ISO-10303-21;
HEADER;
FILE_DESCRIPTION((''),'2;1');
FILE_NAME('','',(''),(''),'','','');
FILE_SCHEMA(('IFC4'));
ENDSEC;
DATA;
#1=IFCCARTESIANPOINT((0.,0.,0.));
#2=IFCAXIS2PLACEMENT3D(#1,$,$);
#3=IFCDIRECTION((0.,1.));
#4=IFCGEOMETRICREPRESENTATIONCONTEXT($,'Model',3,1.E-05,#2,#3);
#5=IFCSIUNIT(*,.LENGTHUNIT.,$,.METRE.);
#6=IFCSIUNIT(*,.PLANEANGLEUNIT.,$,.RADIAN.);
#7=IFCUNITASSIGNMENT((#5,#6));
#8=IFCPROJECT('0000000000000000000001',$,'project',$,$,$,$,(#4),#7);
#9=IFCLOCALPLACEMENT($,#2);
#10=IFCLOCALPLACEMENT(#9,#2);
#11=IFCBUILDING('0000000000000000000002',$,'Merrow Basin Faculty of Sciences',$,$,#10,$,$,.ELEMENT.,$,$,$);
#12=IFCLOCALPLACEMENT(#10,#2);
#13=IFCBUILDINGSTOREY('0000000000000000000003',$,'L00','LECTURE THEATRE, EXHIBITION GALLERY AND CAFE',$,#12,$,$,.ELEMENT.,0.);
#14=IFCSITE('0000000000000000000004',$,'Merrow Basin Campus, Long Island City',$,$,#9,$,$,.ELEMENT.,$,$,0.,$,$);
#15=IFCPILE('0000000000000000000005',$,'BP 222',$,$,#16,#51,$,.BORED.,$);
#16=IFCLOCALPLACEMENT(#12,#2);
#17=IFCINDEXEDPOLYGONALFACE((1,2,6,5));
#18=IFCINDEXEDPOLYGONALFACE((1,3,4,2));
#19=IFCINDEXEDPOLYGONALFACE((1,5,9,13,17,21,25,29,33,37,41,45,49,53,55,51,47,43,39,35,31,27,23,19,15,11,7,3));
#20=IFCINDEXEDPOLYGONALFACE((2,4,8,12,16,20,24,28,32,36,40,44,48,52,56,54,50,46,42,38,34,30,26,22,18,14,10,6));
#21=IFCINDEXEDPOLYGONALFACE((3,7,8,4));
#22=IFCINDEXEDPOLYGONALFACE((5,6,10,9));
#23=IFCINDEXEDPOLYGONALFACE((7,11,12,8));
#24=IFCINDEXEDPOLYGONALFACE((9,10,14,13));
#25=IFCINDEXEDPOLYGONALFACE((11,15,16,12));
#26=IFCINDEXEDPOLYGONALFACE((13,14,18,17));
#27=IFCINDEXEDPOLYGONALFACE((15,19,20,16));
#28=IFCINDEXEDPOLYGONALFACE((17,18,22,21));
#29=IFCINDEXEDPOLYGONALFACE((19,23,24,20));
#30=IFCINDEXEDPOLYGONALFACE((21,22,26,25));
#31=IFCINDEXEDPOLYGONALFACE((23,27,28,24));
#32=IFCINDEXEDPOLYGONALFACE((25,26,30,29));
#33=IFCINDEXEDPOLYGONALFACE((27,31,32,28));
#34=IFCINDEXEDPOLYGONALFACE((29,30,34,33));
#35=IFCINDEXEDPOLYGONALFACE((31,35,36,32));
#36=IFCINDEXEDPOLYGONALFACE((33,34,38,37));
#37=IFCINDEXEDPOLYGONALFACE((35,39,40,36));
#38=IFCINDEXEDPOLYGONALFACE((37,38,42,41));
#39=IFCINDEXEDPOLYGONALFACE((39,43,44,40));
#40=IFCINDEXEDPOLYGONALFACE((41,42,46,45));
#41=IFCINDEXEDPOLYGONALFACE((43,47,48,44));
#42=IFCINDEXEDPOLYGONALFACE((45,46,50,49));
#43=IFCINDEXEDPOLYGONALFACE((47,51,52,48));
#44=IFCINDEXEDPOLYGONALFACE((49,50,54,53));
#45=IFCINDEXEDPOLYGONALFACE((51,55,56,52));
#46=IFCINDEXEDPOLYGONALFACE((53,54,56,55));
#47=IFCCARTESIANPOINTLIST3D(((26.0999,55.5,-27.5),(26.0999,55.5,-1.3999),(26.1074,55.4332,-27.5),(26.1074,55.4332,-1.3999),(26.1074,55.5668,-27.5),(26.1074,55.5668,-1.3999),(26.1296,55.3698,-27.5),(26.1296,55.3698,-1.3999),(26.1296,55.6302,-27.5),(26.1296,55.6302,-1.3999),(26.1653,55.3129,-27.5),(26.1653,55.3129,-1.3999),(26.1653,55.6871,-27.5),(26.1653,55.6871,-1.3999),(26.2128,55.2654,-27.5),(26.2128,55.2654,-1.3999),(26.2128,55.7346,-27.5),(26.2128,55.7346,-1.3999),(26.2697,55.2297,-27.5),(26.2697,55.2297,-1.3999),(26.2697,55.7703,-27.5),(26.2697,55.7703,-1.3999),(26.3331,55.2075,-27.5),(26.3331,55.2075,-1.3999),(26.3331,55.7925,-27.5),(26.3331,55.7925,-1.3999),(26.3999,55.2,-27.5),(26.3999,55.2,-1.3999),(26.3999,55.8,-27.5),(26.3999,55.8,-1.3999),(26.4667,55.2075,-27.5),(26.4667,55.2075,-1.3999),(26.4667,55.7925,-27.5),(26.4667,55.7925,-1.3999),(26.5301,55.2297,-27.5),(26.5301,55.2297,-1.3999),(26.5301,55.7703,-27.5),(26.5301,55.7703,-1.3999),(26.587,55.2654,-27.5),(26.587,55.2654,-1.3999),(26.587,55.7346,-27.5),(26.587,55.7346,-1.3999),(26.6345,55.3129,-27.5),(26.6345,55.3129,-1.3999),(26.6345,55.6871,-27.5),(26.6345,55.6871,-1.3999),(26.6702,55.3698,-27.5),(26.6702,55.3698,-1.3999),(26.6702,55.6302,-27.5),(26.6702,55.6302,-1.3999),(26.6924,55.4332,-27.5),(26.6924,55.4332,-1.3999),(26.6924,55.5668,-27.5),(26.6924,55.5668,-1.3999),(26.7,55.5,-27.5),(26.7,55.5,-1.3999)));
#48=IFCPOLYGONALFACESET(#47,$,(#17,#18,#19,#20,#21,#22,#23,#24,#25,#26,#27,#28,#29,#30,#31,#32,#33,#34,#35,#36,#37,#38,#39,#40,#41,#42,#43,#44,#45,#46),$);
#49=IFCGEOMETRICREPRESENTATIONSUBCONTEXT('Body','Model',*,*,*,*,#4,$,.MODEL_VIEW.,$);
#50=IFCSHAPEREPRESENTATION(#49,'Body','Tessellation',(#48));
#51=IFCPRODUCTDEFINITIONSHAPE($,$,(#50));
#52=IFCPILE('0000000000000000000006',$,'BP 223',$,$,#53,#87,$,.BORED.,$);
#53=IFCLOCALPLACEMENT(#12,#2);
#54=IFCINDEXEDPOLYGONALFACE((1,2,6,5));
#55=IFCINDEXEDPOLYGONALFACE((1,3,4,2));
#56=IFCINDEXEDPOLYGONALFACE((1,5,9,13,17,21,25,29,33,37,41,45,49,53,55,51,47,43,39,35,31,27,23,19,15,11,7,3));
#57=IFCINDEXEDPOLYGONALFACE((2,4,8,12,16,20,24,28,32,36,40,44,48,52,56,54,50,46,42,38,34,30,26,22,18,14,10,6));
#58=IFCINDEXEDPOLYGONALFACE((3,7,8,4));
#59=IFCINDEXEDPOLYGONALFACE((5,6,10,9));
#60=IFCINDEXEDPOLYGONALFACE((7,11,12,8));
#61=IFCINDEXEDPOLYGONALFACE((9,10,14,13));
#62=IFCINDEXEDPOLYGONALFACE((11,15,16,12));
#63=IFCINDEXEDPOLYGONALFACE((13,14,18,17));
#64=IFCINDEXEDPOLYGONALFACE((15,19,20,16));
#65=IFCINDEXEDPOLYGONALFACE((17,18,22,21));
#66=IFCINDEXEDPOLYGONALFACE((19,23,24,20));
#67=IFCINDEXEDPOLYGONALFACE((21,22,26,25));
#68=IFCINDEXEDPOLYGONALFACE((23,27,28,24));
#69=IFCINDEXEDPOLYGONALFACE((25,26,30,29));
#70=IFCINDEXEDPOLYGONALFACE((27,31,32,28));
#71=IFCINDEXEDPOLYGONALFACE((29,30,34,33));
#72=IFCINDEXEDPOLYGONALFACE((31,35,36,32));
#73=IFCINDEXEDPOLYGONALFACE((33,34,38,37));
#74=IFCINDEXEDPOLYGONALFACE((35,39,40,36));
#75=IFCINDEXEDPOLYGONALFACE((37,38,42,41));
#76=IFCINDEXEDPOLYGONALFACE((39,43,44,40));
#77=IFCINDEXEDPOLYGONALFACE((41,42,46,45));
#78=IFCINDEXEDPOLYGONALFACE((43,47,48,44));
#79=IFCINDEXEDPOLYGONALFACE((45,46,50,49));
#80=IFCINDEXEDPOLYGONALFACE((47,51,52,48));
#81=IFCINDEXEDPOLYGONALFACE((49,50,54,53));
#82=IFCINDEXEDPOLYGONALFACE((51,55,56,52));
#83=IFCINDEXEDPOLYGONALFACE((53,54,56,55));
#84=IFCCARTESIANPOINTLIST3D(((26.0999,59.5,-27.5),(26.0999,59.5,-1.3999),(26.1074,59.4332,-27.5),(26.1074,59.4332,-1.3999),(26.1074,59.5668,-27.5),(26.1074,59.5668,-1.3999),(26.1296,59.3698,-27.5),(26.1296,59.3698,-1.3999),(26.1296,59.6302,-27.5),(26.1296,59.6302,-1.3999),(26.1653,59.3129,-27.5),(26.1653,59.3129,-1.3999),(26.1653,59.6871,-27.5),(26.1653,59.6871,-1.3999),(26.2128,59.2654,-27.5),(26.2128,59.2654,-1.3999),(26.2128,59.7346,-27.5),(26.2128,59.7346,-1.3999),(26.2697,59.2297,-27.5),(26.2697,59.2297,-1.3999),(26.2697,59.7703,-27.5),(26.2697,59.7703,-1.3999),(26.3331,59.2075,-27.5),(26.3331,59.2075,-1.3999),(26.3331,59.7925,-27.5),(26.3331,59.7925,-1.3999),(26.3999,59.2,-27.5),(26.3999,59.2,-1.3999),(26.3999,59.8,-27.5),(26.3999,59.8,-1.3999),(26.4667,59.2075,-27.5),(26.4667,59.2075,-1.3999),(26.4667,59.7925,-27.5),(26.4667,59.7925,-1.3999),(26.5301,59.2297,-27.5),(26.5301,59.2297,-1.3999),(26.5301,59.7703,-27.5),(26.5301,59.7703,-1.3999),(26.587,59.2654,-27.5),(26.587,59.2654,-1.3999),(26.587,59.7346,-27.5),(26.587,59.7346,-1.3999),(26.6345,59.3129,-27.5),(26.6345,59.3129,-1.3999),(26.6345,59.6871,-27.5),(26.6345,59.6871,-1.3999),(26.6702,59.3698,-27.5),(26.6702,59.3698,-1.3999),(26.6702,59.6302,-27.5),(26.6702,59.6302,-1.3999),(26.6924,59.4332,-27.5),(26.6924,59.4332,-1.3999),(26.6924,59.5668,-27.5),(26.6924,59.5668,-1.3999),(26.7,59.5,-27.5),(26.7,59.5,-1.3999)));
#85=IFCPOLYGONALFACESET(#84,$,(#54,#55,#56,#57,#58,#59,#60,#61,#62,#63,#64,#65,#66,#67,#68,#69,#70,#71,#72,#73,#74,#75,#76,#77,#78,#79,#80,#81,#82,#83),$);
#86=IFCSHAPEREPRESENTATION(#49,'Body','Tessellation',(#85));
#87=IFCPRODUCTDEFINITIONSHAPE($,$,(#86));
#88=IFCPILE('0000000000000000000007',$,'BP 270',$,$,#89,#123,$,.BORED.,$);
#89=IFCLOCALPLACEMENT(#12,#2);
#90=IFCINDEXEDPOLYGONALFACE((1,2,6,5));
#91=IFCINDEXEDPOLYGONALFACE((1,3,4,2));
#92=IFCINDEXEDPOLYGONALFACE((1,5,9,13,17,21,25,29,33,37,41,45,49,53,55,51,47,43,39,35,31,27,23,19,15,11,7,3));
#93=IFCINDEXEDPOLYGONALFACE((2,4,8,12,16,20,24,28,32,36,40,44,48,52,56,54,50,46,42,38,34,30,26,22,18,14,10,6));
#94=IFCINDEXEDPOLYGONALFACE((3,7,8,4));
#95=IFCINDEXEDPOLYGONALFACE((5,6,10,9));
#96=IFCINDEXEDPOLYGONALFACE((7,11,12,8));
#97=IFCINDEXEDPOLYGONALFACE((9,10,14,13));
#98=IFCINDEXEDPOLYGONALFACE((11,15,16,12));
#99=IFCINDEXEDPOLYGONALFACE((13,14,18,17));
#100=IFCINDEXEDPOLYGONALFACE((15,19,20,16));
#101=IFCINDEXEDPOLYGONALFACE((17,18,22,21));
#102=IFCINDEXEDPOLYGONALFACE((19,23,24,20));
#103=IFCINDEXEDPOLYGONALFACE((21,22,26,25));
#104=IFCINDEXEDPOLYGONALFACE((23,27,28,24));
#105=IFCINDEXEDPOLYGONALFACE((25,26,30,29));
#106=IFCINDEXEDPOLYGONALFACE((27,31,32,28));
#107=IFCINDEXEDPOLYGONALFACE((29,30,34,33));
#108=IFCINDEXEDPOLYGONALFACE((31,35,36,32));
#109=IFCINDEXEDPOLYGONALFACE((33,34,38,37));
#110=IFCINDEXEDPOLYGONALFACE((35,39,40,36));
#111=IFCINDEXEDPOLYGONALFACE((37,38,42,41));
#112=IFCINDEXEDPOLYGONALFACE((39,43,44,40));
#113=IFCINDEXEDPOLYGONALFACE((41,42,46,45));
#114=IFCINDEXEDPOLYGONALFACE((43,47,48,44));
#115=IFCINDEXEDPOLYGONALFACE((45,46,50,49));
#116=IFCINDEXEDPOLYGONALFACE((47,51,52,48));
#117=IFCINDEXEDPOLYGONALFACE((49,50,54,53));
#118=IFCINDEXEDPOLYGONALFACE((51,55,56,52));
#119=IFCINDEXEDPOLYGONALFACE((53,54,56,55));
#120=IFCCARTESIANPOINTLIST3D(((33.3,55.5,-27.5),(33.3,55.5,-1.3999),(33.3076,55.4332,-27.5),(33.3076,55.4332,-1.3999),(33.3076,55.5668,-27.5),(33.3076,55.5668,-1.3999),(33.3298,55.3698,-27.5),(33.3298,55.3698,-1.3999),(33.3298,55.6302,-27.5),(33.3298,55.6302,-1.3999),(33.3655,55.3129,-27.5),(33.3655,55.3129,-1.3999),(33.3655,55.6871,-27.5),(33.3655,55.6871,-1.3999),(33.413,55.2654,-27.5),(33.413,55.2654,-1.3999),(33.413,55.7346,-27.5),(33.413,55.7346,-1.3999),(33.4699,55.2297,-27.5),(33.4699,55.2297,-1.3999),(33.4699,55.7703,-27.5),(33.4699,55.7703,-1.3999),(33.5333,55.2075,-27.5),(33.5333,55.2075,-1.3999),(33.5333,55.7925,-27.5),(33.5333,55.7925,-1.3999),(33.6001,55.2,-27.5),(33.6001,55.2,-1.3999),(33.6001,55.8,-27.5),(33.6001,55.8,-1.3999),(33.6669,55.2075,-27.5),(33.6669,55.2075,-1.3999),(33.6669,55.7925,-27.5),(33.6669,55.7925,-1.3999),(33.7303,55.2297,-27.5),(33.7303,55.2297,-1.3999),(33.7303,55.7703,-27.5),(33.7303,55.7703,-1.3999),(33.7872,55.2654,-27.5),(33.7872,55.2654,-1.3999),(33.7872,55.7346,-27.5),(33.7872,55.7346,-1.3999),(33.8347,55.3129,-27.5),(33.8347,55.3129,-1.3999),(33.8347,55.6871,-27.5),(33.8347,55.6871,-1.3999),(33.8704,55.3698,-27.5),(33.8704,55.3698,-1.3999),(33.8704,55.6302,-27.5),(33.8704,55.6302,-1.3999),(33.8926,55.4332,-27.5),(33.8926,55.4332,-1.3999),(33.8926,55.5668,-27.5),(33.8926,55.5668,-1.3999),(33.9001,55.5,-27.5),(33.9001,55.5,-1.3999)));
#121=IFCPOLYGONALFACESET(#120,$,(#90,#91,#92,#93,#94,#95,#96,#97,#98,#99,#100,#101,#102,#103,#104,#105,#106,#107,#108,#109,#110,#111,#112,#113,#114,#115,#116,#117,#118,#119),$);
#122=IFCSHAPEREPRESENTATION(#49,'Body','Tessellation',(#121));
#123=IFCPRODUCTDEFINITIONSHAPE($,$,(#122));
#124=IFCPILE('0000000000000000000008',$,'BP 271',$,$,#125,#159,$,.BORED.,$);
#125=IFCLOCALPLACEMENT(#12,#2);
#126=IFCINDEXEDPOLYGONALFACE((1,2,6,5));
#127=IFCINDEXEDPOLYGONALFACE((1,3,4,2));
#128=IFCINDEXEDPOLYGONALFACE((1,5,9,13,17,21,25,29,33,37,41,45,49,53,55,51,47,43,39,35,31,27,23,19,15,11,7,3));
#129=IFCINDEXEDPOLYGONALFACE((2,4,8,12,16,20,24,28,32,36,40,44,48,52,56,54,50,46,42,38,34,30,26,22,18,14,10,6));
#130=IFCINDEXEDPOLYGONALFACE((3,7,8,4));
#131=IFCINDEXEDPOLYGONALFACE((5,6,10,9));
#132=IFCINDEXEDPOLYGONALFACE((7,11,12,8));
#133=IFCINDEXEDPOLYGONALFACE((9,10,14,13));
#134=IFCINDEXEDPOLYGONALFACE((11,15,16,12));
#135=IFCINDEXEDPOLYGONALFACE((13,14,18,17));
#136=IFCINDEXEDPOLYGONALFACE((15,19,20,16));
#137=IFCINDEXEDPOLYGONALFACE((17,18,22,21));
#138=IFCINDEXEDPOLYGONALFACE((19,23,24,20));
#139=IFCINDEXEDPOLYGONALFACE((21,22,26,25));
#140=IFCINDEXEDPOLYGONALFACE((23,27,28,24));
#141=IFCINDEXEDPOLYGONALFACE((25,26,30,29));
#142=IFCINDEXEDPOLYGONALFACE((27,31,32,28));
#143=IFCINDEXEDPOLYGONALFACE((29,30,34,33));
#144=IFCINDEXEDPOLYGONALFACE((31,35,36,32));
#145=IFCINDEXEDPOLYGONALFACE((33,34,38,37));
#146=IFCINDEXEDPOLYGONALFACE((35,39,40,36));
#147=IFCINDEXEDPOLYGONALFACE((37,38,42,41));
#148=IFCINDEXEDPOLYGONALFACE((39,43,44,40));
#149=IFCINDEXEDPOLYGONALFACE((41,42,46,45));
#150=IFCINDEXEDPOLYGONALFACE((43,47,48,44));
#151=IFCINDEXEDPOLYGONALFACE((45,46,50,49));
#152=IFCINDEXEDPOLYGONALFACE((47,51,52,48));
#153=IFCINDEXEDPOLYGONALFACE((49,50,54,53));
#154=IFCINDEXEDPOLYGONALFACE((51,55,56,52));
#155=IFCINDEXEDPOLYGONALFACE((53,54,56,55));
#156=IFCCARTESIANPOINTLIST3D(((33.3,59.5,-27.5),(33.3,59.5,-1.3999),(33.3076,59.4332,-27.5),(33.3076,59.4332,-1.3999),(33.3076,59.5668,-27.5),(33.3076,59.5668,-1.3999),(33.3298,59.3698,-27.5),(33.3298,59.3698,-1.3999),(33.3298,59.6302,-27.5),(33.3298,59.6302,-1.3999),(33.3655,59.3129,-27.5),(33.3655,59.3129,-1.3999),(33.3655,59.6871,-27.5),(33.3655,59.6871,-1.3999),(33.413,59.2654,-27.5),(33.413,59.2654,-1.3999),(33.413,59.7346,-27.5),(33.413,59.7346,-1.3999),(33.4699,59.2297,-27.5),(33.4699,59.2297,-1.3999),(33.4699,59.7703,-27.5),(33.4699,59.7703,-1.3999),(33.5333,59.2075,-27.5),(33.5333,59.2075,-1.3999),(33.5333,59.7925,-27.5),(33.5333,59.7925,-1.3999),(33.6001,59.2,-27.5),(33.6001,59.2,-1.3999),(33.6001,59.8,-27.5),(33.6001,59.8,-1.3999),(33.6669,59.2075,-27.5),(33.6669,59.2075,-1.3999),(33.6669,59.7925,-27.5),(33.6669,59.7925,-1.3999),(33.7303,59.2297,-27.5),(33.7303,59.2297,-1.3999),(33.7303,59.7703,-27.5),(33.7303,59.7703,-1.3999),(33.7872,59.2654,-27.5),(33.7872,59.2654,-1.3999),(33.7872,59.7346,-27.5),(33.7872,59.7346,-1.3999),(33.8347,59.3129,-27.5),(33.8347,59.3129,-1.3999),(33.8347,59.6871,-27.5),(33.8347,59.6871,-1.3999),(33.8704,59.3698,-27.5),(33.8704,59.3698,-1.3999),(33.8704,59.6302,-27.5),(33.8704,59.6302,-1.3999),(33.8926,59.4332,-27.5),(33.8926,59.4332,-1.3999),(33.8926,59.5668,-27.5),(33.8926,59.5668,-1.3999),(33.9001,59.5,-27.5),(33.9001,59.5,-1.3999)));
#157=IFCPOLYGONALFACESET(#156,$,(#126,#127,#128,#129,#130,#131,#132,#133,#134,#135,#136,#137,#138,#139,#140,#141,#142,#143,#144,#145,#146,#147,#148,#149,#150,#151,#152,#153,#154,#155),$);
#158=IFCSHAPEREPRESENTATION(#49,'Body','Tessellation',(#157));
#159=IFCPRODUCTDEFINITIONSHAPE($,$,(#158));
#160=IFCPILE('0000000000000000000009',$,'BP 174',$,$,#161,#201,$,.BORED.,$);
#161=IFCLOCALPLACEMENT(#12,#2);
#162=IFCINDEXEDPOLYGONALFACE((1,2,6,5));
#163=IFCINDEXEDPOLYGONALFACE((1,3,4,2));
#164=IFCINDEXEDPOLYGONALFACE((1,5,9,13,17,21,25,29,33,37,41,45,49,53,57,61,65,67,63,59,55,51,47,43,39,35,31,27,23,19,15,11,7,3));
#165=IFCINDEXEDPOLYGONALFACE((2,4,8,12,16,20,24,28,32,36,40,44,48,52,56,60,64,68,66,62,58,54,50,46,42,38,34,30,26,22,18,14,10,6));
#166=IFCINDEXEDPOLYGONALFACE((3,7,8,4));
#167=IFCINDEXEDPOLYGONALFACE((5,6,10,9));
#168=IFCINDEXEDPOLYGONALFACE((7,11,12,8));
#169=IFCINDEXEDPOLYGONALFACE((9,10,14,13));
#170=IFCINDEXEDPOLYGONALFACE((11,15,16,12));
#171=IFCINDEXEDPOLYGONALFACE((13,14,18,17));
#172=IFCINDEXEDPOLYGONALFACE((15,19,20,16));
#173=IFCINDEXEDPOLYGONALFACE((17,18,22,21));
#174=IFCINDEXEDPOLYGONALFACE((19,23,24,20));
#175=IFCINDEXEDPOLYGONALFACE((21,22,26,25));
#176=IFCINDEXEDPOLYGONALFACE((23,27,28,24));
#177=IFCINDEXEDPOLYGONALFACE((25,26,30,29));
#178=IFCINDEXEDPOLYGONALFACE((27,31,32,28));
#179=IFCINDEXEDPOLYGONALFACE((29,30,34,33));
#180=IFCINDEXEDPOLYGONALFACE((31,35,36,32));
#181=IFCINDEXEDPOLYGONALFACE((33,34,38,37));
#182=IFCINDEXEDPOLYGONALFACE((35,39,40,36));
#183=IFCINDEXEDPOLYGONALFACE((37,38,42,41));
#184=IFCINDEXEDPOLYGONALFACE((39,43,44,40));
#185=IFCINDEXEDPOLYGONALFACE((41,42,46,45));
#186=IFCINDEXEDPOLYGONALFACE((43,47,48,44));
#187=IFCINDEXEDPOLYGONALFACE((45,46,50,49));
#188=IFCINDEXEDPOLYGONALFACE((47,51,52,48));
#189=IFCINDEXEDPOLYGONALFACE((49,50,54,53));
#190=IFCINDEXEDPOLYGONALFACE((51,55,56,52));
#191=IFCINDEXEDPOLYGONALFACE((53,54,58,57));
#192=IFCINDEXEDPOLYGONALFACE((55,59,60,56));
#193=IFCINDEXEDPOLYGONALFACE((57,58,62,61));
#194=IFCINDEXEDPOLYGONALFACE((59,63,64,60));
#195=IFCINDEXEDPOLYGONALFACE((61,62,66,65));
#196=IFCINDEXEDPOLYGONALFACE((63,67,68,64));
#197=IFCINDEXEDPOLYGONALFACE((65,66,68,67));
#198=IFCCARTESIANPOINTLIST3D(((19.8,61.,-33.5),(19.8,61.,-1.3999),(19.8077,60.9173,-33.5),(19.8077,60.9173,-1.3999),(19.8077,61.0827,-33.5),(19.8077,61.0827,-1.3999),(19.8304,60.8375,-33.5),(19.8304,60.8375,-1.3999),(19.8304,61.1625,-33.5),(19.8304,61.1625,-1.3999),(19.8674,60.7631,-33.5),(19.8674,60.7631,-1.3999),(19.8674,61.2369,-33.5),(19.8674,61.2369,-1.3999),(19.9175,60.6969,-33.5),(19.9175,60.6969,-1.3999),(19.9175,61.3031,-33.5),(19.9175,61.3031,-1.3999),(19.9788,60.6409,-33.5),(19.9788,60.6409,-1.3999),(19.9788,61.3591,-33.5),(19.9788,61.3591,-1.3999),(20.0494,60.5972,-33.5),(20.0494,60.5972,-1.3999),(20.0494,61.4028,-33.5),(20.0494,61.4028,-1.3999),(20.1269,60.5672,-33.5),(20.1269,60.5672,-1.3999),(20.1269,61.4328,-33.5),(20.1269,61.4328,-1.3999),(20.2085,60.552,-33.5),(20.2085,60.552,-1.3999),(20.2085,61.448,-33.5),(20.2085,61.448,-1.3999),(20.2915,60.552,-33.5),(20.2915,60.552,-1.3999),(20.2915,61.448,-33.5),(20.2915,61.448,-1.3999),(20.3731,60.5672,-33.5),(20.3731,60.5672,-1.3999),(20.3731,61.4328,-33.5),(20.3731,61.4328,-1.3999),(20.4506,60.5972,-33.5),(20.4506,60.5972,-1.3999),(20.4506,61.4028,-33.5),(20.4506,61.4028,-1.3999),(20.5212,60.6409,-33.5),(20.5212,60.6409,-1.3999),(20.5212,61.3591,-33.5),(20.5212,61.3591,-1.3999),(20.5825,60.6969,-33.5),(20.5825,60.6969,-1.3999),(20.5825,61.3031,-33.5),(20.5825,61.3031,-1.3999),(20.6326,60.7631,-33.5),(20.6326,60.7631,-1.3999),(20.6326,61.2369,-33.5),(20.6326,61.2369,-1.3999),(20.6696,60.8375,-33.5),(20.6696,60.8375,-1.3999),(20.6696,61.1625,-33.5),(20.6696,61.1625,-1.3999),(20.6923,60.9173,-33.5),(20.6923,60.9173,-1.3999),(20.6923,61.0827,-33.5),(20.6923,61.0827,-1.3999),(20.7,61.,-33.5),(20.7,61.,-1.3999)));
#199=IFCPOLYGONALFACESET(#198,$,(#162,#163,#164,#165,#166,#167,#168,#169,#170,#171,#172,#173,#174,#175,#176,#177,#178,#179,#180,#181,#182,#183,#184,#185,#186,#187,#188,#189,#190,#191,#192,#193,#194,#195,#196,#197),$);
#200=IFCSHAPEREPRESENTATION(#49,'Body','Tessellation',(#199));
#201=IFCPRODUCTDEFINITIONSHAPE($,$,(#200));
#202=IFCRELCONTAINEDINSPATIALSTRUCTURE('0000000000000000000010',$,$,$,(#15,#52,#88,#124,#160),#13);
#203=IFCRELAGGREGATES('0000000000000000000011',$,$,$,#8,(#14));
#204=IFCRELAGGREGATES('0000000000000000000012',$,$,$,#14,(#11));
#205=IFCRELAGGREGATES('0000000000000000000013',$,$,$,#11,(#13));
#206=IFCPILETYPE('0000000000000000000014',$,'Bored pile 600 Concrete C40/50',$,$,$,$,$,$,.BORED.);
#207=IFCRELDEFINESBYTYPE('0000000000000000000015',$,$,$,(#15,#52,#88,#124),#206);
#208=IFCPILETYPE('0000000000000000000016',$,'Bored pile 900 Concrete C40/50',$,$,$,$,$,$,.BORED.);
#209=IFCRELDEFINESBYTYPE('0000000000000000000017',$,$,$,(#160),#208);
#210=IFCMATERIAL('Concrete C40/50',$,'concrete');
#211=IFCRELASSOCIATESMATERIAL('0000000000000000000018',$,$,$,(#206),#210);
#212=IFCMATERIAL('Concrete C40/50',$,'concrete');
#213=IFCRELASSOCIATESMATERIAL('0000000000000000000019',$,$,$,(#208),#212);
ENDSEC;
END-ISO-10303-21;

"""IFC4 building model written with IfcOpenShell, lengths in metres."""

from ifc_helpers import new_model, si_unit, direction, frame, origin, origin_2d, place, context, subcontext, project, spatial, circle, extrude, material, material_profile, profile_set, type_object, element, save


model = new_model("IFC4")

# Units and contexts
model_context = context("Model", 3, precision=1e-05, world=origin(), true_north=direction((0.0, 1.0)))
body_context = subcontext(model_context, "Body", "Model", "MODEL_VIEW")
ifc_project = project(units=[si_unit("LENGTHUNIT", "METRE"), si_unit("PLANEANGLEUNIT", "RADIAN")], contexts=[model_context])

# Site, building, storey
site_placement = place(None, origin())
site = spatial("IfcSite", under=ifc_project, at=site_placement, Name="Merrow Basin Campus, Long Island City", CompositionType="ELEMENT", RefElevation=0.0)
building_placement = place(site_placement, origin())
building = spatial("IfcBuilding", under=site, at=building_placement, Name="Merrow Basin Faculty of Sciences", CompositionType="ELEMENT")
storey_placement = place(building_placement, origin())
storey = spatial("IfcBuildingStorey", under=building, at=storey_placement, Name="L00", Description="LECTURE THEATRE, EXHIBITION GALLERY AND CAFE", CompositionType="ELEMENT", Elevation=0.0)

# Piles
ifc_material_1 = material(Name="Concrete C40/50", Category="concrete")
ifc_material_profile_1 = material_profile(ifc_material_1, circle(Radius=0.3, at=origin_2d()))
ifc_profile_set_1 = profile_set([ifc_material_profile_1], Name="Concrete C40/50")
pile_type_1 = type_object("IfcPileType", Name="Bored pile 600 Concrete C40/50", PredefinedType="BORED", material=ifc_profile_set_1)
for number, where, z_axis, x_axis, name in (
    (1, (26.3999, 55.5, -1.3999), (0.0, 0.0, -1.0), (1.0, 0.0, 0.0), "BP 222"),
    (2, (26.3999, 59.5, -1.3999), (0.0, 0.0, -1.0), (1.0, 0.0, 0.0), "BP 223"),
    (3, (33.6001, 55.5, -1.3999), (0.0, 0.0, -1.0), (1.0, 0.0, 0.0), "BP 270"),
    (4, (33.6001, 59.5, -1.3999), (0.0, 0.0, -1.0), (1.0, 0.0, 0.0), "BP 271"),
):
    element("IfcPile", number, at=place(storey_placement, frame(where, z_axis=z_axis, x_axis=x_axis)), inside=storey, type_object=pile_type_1, Name=name, PredefinedType="BORED", context=body_context, shape_type="SweptSolid", body=[
        extrude(circle(Radius=0.3, at=origin_2d()), origin(), (0.0, 0.0, 1.0), 26.1001),
    ])
ifc_material_2 = material(Name="Concrete C40/50", Category="concrete")
ifc_material_profile_2 = material_profile(ifc_material_2, circle(Radius=0.45, at=origin_2d()))
ifc_profile_set_2 = profile_set([ifc_material_profile_2], Name="Concrete C40/50")
pile_type_2 = type_object("IfcPileType", Name="Bored pile 900 Concrete C40/50", PredefinedType="BORED", material=ifc_profile_set_2)
for number, where, z_axis, x_axis, name in (
    (5, (20.25, 61.0, -1.3999), (0.0, 0.0, -1.0), (1.0, 0.0, 0.0), "BP 174"),
):
    element("IfcPile", number, at=place(storey_placement, frame(where, z_axis=z_axis, x_axis=x_axis)), inside=storey, type_object=pile_type_2, Name=name, PredefinedType="BORED", context=body_context, shape_type="SweptSolid", body=[
        extrude(circle(Radius=0.45, at=origin_2d()), origin(), (0.0, 0.0, 1.0), 32.1001),
    ])

save(model, "model.ifc")
